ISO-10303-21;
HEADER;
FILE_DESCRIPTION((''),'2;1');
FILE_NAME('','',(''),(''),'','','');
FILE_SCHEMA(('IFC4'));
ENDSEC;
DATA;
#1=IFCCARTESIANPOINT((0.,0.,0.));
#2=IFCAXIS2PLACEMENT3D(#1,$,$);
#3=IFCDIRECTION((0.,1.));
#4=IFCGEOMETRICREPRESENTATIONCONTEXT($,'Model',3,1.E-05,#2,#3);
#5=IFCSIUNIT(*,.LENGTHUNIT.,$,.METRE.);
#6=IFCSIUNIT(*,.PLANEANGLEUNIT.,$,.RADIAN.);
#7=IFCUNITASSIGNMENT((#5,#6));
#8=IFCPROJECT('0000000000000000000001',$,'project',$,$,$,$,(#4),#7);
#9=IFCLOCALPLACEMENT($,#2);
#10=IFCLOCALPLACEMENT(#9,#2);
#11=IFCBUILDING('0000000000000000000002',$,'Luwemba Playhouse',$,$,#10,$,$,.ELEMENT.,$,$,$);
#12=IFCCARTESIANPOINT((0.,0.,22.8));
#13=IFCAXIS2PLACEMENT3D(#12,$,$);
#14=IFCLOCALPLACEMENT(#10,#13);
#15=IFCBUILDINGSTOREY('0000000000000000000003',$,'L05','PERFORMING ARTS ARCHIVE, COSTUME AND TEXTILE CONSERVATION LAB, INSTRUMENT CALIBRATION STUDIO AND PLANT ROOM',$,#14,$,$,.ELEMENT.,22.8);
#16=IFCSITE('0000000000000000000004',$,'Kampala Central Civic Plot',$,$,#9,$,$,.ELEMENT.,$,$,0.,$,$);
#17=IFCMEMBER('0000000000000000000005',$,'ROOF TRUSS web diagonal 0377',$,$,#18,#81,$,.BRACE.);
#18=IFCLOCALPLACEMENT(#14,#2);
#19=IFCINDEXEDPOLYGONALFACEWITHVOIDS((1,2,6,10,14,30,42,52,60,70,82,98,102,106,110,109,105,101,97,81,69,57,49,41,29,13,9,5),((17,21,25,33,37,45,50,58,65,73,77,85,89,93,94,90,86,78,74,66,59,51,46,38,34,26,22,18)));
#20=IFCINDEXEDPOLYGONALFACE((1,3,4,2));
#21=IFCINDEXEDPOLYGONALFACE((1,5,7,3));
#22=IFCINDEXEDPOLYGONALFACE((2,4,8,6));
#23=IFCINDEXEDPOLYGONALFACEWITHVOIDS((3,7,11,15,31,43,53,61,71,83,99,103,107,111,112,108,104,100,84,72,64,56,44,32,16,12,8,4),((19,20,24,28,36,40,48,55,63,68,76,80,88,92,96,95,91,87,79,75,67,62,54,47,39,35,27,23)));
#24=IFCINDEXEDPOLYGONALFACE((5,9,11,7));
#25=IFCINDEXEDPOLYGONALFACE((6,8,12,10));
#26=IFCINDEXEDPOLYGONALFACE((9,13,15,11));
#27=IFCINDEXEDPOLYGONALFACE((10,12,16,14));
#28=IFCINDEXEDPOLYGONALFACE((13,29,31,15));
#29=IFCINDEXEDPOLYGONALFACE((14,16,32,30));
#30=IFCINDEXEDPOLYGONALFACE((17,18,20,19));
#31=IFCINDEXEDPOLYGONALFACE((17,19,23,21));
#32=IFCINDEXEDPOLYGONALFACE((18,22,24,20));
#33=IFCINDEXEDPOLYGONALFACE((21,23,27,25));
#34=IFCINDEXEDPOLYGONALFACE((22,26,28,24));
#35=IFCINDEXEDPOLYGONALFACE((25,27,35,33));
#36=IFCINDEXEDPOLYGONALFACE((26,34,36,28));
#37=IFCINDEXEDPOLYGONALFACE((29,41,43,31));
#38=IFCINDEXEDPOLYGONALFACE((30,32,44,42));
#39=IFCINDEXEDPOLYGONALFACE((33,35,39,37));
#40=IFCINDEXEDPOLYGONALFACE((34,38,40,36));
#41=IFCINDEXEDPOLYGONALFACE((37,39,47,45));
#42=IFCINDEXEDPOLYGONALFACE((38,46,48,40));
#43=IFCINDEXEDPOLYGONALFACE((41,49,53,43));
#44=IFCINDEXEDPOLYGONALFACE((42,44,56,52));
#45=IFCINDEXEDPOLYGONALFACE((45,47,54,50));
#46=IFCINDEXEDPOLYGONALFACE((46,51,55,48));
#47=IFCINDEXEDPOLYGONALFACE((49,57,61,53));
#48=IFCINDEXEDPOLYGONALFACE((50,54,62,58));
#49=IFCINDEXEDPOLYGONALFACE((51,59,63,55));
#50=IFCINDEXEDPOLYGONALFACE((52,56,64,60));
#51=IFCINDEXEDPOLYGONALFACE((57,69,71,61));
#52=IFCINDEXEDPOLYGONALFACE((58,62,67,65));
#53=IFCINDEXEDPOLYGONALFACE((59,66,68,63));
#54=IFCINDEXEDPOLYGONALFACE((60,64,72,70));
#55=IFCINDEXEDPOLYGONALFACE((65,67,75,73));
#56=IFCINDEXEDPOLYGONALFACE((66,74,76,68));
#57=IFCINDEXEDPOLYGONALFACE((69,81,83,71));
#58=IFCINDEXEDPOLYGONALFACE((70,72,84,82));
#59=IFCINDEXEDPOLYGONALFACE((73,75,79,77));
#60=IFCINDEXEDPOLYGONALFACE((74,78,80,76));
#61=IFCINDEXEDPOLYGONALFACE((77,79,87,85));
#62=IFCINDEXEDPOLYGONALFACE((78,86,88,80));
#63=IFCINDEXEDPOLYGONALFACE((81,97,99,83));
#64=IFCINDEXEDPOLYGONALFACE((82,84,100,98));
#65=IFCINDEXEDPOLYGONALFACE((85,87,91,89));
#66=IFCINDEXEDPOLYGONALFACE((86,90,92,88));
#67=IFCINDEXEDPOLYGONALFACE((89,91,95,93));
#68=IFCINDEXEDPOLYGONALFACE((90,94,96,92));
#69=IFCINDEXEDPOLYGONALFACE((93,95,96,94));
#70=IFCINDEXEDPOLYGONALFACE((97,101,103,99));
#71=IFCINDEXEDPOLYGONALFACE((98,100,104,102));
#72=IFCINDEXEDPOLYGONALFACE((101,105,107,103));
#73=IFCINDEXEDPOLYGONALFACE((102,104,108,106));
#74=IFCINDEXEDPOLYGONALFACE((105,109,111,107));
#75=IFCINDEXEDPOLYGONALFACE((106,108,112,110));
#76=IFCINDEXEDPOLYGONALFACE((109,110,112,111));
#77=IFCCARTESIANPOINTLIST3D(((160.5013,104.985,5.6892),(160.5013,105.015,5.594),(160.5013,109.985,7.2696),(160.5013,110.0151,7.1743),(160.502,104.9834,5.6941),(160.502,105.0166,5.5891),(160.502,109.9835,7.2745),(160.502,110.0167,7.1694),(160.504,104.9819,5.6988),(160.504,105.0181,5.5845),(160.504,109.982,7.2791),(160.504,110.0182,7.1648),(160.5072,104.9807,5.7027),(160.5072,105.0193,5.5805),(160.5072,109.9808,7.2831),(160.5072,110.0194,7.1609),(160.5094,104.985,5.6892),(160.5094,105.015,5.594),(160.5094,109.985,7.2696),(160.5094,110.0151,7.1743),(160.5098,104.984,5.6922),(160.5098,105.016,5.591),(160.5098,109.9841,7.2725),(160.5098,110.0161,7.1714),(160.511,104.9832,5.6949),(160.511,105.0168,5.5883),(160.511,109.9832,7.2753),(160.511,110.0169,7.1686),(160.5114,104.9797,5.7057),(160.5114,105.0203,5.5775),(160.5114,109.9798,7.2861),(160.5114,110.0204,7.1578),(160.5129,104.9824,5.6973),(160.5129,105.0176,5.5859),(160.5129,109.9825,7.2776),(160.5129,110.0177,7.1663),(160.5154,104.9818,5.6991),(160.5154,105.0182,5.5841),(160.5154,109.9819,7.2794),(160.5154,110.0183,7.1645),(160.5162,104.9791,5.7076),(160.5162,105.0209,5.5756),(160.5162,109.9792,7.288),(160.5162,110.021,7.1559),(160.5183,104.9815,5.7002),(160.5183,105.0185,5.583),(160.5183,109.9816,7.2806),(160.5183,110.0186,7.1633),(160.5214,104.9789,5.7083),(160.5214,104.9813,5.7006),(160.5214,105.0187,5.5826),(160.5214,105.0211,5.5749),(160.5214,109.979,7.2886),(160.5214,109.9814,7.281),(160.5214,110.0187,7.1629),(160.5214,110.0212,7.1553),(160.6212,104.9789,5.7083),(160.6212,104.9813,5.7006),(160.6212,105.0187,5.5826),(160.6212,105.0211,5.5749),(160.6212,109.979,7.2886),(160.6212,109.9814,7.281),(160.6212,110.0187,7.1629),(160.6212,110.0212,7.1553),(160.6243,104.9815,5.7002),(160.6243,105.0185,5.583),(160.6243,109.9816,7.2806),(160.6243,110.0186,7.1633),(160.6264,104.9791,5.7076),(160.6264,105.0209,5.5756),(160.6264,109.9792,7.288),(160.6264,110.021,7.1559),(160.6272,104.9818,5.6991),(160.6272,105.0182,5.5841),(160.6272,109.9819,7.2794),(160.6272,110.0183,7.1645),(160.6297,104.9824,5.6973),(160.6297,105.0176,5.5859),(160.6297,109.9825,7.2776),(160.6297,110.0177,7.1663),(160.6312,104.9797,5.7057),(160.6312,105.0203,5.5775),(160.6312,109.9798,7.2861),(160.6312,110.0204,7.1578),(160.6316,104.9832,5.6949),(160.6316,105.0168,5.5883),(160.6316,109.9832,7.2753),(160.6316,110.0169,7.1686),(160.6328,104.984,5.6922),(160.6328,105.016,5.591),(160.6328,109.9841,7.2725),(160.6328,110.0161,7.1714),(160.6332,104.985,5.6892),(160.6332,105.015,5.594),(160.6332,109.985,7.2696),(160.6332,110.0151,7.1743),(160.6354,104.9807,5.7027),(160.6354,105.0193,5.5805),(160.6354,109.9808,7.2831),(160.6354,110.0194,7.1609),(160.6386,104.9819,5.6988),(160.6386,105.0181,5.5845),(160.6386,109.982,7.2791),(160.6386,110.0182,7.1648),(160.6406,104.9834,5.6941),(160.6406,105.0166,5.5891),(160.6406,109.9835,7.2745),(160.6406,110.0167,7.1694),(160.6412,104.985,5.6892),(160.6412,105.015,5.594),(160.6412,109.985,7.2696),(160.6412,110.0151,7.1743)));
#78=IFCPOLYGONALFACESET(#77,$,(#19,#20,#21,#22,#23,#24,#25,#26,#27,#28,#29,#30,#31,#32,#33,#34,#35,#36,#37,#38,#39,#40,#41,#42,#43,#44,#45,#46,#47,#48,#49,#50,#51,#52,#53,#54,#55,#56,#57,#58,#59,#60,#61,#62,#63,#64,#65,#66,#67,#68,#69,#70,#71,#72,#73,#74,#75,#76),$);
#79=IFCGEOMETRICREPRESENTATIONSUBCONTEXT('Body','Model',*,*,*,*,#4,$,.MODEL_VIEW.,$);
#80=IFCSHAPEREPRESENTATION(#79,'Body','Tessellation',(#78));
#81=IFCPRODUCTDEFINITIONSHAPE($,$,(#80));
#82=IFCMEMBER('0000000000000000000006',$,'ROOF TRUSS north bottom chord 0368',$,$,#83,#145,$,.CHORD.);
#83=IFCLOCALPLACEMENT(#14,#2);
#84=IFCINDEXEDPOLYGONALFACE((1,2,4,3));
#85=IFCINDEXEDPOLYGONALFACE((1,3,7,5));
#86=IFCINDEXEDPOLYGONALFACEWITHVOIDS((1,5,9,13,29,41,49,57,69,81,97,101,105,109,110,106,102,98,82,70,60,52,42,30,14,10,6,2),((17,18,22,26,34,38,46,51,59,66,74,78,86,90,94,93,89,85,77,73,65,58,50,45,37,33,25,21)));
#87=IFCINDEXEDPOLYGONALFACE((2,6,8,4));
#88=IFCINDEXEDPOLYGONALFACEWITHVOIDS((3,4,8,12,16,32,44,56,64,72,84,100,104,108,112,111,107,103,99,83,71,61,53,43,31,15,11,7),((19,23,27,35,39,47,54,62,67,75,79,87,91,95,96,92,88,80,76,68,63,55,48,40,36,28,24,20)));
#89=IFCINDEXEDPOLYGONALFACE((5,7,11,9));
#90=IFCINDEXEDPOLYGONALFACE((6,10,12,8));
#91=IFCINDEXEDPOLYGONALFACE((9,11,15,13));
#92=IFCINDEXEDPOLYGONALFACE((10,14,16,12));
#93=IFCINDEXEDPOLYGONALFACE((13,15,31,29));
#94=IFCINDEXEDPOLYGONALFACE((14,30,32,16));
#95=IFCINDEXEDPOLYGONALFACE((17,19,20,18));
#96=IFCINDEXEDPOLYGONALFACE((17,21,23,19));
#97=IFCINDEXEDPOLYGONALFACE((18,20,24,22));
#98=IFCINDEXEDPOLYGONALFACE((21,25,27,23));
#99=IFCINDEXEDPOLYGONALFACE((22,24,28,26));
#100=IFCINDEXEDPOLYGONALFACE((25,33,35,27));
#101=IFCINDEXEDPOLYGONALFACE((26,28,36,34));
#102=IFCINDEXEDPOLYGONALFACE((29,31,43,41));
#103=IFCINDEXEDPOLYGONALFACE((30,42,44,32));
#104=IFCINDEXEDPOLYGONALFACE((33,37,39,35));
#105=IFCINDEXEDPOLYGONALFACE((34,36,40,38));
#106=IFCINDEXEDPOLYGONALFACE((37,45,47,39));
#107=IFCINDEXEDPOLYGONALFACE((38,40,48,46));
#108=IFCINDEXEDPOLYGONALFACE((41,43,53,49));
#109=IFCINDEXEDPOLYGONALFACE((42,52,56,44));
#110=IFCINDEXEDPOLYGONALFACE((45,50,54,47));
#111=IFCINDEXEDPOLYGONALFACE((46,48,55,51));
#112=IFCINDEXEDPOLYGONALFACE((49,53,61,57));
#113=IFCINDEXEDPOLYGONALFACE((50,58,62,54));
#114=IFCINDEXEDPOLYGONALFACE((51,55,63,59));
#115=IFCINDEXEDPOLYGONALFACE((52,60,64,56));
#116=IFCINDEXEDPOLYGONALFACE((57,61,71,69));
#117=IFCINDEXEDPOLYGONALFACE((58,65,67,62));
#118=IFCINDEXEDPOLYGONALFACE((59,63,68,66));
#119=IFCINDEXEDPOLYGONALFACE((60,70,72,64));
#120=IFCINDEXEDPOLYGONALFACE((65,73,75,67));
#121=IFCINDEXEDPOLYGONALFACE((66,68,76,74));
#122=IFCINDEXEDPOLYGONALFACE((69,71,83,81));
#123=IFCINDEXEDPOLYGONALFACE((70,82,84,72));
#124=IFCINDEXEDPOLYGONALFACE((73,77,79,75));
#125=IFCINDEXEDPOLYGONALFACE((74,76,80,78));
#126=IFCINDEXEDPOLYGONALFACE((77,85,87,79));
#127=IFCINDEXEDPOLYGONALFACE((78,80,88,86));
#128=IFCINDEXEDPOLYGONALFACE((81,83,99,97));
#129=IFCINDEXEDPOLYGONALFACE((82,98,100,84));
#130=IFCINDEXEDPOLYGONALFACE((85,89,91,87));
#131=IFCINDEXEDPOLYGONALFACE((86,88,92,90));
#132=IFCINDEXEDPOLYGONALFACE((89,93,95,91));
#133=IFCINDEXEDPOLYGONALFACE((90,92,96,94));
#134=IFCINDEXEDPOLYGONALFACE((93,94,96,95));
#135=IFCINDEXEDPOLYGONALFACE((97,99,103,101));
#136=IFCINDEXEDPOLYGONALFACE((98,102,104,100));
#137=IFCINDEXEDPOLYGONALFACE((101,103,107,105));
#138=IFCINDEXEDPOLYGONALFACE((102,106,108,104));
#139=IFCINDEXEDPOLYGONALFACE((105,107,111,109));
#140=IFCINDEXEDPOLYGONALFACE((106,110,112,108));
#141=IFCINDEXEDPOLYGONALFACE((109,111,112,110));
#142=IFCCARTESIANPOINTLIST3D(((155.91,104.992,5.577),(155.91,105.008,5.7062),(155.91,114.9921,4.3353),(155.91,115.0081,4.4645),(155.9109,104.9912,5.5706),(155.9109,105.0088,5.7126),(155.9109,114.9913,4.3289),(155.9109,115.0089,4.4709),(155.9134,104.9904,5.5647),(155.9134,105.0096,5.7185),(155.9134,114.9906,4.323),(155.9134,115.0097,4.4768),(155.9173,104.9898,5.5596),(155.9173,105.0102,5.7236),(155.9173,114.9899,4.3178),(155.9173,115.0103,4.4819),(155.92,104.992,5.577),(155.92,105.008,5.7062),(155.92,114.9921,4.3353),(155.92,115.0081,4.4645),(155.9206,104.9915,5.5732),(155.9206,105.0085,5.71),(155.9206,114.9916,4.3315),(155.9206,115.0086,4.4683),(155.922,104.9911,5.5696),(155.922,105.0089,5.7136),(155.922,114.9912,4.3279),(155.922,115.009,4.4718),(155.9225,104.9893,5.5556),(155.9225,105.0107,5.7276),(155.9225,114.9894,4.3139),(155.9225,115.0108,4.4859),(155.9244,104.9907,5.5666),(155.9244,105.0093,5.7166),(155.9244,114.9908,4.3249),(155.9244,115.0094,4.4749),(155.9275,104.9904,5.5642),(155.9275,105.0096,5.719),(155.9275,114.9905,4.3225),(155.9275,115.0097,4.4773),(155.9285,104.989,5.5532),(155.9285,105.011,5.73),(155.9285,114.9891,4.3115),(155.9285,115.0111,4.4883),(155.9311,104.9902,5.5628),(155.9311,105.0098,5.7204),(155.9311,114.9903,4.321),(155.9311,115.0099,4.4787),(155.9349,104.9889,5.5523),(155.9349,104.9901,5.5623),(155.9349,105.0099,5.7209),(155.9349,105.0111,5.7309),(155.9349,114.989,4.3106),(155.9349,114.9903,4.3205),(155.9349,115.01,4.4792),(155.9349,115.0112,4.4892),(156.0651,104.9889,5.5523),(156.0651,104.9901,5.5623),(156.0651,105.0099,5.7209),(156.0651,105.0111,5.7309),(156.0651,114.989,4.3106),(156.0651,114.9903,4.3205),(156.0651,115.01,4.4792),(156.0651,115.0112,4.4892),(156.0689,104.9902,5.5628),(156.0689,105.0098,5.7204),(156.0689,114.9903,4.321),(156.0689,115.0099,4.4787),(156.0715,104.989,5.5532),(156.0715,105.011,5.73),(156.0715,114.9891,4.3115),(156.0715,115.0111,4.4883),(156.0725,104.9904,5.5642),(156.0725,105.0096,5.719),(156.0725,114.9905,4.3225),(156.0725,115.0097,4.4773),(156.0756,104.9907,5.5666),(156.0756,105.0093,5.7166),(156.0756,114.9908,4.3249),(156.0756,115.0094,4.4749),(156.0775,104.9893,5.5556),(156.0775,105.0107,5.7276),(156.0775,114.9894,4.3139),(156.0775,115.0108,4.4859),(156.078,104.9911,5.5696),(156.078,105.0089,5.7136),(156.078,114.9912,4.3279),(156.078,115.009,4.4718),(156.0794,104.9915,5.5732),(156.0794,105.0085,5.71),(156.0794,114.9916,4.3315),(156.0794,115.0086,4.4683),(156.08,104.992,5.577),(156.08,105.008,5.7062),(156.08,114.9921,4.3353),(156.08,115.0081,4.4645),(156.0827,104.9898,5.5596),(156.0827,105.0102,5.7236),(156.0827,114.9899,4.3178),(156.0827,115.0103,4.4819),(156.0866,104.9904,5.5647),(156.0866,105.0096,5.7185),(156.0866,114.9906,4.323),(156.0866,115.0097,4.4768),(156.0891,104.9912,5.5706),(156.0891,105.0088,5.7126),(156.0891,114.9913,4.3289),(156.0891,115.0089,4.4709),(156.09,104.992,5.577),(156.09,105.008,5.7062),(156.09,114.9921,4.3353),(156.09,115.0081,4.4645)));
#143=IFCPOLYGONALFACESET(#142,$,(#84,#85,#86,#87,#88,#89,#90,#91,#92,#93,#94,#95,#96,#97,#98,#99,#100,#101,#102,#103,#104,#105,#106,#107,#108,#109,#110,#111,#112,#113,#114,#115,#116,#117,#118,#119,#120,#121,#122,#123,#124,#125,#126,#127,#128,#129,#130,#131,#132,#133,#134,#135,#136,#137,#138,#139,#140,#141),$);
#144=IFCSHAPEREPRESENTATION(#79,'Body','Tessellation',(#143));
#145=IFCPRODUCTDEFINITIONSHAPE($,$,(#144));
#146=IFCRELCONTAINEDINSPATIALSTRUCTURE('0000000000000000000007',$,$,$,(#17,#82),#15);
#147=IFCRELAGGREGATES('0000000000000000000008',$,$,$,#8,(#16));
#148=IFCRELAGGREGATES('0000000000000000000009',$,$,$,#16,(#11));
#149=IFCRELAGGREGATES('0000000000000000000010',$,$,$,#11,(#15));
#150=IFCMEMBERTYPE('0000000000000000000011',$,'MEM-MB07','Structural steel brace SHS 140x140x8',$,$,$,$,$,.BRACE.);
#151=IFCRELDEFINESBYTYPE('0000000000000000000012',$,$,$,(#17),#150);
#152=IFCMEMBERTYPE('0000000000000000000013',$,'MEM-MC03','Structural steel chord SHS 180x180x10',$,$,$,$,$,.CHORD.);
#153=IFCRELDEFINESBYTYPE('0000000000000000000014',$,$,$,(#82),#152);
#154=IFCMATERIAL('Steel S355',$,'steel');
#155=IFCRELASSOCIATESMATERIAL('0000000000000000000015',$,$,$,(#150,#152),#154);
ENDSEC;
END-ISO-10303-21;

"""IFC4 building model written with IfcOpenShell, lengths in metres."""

from ifc_helpers import new_model, si_unit, direction, frame, origin, origin_2d, place, context, subcontext, project, spatial, hollow_rectangle, extrude, material, material_profile, profile_set, type_object, element, save


model = new_model("IFC4")

# Units and contexts
model_context = context("Model", 3, precision=1e-05, world=origin(), true_north=direction((0.0, 1.0)))
body_context = subcontext(model_context, "Body", "Model", "MODEL_VIEW")
ifc_project = project(units=[si_unit("LENGTHUNIT", "METRE"), si_unit("PLANEANGLEUNIT", "RADIAN")], contexts=[model_context])

# Site, building, storey
site_placement = place(None, origin())
site = spatial("IfcSite", under=ifc_project, at=site_placement, Name="Kampala Central Civic Plot", CompositionType="ELEMENT", RefElevation=0.0)
building_placement = place(site_placement, origin())
building = spatial("IfcBuilding", under=site, at=building_placement, Name="Luwemba Playhouse", CompositionType="ELEMENT")
storey_placement = place(building_placement, frame((0.0, 0.0, 22.8)))
storey = spatial("IfcBuildingStorey", under=building, at=storey_placement, Name="L05", Description="PERFORMING ARTS ARCHIVE, COSTUME AND TEXTILE CONSERVATION LAB, INSTRUMENT CALIBRATION STUDIO AND PLANT ROOM", CompositionType="ELEMENT", Elevation=22.8)

# Shared definitions
ifc_material_1 = material(Name="Steel S355", Category="steel")

# Members
ifc_material_profile_1 = material_profile(ifc_material_1, hollow_rectangle(XDim=0.1399, YDim=0.1399, WallThickness=0.0081, InnerFilletRadius=0.012, OuterFilletRadius=0.02, at=origin_2d()))
ifc_profile_set_1 = profile_set([ifc_material_profile_1], Name="Steel S355")
member_type_1 = type_object("IfcMemberType", Name="MEM-MB07", Description="Structural steel brace SHS 140x140x8", PredefinedType="BRACE", material=ifc_profile_set_1)
for number, where, z_axis, x_axis, name in (
    (1, (160.5713, 105.0, 5.6416), (0.0, 0.953507, 0.30137), (-1.0, 0.0, 0.0), "ROOF TRUSS web diagonal 0377"),
):
    element("IfcMember", number, at=place(storey_placement, frame(where, z_axis=z_axis, x_axis=x_axis)), inside=storey, type_object=member_type_1, Name=name, PredefinedType="BRACE", context=body_context, shape_type="SweptSolid", body=[
        extrude(hollow_rectangle(XDim=0.1399, YDim=0.1399, WallThickness=0.0081, InnerFilletRadius=0.012, OuterFilletRadius=0.02, at=origin_2d()), origin(), (0.0, 0.0, 1.0), 5.2439),
    ])
ifc_material_profile_2 = material_profile(ifc_material_1, hollow_rectangle(XDim=0.1799, YDim=0.1799, WallThickness=0.01, InnerFilletRadius=0.0149, OuterFilletRadius=0.0249, at=origin_2d()))
ifc_profile_set_2 = profile_set([ifc_material_profile_2], Name="Steel S355")
member_type_2 = type_object("IfcMemberType", Name="MEM-MC03", Description="Structural steel chord SHS 180x180x10", PredefinedType="CHORD", material=ifc_profile_set_2)
member_1_placement = place(storey_placement, frame((156.0, 105.0, 5.6416), z_axis=(0.0, 0.992379, -0.123224), x_axis=(-1.0, 0.0, 0.0)))
element("IfcMember", 2, at=member_1_placement, inside=storey, type_object=member_type_2, Name="ROOF TRUSS north bottom chord 0368", PredefinedType="CHORD", context=body_context, shape_type="SweptSolid", body=[
    extrude(hollow_rectangle(XDim=0.1799, YDim=0.1799, WallThickness=0.01, InnerFilletRadius=0.0149, OuterFilletRadius=0.0249, at=origin_2d()), origin(), (0.0, 0.0, 1.0), 10.0769),
])

save(model, "model.ifc")
